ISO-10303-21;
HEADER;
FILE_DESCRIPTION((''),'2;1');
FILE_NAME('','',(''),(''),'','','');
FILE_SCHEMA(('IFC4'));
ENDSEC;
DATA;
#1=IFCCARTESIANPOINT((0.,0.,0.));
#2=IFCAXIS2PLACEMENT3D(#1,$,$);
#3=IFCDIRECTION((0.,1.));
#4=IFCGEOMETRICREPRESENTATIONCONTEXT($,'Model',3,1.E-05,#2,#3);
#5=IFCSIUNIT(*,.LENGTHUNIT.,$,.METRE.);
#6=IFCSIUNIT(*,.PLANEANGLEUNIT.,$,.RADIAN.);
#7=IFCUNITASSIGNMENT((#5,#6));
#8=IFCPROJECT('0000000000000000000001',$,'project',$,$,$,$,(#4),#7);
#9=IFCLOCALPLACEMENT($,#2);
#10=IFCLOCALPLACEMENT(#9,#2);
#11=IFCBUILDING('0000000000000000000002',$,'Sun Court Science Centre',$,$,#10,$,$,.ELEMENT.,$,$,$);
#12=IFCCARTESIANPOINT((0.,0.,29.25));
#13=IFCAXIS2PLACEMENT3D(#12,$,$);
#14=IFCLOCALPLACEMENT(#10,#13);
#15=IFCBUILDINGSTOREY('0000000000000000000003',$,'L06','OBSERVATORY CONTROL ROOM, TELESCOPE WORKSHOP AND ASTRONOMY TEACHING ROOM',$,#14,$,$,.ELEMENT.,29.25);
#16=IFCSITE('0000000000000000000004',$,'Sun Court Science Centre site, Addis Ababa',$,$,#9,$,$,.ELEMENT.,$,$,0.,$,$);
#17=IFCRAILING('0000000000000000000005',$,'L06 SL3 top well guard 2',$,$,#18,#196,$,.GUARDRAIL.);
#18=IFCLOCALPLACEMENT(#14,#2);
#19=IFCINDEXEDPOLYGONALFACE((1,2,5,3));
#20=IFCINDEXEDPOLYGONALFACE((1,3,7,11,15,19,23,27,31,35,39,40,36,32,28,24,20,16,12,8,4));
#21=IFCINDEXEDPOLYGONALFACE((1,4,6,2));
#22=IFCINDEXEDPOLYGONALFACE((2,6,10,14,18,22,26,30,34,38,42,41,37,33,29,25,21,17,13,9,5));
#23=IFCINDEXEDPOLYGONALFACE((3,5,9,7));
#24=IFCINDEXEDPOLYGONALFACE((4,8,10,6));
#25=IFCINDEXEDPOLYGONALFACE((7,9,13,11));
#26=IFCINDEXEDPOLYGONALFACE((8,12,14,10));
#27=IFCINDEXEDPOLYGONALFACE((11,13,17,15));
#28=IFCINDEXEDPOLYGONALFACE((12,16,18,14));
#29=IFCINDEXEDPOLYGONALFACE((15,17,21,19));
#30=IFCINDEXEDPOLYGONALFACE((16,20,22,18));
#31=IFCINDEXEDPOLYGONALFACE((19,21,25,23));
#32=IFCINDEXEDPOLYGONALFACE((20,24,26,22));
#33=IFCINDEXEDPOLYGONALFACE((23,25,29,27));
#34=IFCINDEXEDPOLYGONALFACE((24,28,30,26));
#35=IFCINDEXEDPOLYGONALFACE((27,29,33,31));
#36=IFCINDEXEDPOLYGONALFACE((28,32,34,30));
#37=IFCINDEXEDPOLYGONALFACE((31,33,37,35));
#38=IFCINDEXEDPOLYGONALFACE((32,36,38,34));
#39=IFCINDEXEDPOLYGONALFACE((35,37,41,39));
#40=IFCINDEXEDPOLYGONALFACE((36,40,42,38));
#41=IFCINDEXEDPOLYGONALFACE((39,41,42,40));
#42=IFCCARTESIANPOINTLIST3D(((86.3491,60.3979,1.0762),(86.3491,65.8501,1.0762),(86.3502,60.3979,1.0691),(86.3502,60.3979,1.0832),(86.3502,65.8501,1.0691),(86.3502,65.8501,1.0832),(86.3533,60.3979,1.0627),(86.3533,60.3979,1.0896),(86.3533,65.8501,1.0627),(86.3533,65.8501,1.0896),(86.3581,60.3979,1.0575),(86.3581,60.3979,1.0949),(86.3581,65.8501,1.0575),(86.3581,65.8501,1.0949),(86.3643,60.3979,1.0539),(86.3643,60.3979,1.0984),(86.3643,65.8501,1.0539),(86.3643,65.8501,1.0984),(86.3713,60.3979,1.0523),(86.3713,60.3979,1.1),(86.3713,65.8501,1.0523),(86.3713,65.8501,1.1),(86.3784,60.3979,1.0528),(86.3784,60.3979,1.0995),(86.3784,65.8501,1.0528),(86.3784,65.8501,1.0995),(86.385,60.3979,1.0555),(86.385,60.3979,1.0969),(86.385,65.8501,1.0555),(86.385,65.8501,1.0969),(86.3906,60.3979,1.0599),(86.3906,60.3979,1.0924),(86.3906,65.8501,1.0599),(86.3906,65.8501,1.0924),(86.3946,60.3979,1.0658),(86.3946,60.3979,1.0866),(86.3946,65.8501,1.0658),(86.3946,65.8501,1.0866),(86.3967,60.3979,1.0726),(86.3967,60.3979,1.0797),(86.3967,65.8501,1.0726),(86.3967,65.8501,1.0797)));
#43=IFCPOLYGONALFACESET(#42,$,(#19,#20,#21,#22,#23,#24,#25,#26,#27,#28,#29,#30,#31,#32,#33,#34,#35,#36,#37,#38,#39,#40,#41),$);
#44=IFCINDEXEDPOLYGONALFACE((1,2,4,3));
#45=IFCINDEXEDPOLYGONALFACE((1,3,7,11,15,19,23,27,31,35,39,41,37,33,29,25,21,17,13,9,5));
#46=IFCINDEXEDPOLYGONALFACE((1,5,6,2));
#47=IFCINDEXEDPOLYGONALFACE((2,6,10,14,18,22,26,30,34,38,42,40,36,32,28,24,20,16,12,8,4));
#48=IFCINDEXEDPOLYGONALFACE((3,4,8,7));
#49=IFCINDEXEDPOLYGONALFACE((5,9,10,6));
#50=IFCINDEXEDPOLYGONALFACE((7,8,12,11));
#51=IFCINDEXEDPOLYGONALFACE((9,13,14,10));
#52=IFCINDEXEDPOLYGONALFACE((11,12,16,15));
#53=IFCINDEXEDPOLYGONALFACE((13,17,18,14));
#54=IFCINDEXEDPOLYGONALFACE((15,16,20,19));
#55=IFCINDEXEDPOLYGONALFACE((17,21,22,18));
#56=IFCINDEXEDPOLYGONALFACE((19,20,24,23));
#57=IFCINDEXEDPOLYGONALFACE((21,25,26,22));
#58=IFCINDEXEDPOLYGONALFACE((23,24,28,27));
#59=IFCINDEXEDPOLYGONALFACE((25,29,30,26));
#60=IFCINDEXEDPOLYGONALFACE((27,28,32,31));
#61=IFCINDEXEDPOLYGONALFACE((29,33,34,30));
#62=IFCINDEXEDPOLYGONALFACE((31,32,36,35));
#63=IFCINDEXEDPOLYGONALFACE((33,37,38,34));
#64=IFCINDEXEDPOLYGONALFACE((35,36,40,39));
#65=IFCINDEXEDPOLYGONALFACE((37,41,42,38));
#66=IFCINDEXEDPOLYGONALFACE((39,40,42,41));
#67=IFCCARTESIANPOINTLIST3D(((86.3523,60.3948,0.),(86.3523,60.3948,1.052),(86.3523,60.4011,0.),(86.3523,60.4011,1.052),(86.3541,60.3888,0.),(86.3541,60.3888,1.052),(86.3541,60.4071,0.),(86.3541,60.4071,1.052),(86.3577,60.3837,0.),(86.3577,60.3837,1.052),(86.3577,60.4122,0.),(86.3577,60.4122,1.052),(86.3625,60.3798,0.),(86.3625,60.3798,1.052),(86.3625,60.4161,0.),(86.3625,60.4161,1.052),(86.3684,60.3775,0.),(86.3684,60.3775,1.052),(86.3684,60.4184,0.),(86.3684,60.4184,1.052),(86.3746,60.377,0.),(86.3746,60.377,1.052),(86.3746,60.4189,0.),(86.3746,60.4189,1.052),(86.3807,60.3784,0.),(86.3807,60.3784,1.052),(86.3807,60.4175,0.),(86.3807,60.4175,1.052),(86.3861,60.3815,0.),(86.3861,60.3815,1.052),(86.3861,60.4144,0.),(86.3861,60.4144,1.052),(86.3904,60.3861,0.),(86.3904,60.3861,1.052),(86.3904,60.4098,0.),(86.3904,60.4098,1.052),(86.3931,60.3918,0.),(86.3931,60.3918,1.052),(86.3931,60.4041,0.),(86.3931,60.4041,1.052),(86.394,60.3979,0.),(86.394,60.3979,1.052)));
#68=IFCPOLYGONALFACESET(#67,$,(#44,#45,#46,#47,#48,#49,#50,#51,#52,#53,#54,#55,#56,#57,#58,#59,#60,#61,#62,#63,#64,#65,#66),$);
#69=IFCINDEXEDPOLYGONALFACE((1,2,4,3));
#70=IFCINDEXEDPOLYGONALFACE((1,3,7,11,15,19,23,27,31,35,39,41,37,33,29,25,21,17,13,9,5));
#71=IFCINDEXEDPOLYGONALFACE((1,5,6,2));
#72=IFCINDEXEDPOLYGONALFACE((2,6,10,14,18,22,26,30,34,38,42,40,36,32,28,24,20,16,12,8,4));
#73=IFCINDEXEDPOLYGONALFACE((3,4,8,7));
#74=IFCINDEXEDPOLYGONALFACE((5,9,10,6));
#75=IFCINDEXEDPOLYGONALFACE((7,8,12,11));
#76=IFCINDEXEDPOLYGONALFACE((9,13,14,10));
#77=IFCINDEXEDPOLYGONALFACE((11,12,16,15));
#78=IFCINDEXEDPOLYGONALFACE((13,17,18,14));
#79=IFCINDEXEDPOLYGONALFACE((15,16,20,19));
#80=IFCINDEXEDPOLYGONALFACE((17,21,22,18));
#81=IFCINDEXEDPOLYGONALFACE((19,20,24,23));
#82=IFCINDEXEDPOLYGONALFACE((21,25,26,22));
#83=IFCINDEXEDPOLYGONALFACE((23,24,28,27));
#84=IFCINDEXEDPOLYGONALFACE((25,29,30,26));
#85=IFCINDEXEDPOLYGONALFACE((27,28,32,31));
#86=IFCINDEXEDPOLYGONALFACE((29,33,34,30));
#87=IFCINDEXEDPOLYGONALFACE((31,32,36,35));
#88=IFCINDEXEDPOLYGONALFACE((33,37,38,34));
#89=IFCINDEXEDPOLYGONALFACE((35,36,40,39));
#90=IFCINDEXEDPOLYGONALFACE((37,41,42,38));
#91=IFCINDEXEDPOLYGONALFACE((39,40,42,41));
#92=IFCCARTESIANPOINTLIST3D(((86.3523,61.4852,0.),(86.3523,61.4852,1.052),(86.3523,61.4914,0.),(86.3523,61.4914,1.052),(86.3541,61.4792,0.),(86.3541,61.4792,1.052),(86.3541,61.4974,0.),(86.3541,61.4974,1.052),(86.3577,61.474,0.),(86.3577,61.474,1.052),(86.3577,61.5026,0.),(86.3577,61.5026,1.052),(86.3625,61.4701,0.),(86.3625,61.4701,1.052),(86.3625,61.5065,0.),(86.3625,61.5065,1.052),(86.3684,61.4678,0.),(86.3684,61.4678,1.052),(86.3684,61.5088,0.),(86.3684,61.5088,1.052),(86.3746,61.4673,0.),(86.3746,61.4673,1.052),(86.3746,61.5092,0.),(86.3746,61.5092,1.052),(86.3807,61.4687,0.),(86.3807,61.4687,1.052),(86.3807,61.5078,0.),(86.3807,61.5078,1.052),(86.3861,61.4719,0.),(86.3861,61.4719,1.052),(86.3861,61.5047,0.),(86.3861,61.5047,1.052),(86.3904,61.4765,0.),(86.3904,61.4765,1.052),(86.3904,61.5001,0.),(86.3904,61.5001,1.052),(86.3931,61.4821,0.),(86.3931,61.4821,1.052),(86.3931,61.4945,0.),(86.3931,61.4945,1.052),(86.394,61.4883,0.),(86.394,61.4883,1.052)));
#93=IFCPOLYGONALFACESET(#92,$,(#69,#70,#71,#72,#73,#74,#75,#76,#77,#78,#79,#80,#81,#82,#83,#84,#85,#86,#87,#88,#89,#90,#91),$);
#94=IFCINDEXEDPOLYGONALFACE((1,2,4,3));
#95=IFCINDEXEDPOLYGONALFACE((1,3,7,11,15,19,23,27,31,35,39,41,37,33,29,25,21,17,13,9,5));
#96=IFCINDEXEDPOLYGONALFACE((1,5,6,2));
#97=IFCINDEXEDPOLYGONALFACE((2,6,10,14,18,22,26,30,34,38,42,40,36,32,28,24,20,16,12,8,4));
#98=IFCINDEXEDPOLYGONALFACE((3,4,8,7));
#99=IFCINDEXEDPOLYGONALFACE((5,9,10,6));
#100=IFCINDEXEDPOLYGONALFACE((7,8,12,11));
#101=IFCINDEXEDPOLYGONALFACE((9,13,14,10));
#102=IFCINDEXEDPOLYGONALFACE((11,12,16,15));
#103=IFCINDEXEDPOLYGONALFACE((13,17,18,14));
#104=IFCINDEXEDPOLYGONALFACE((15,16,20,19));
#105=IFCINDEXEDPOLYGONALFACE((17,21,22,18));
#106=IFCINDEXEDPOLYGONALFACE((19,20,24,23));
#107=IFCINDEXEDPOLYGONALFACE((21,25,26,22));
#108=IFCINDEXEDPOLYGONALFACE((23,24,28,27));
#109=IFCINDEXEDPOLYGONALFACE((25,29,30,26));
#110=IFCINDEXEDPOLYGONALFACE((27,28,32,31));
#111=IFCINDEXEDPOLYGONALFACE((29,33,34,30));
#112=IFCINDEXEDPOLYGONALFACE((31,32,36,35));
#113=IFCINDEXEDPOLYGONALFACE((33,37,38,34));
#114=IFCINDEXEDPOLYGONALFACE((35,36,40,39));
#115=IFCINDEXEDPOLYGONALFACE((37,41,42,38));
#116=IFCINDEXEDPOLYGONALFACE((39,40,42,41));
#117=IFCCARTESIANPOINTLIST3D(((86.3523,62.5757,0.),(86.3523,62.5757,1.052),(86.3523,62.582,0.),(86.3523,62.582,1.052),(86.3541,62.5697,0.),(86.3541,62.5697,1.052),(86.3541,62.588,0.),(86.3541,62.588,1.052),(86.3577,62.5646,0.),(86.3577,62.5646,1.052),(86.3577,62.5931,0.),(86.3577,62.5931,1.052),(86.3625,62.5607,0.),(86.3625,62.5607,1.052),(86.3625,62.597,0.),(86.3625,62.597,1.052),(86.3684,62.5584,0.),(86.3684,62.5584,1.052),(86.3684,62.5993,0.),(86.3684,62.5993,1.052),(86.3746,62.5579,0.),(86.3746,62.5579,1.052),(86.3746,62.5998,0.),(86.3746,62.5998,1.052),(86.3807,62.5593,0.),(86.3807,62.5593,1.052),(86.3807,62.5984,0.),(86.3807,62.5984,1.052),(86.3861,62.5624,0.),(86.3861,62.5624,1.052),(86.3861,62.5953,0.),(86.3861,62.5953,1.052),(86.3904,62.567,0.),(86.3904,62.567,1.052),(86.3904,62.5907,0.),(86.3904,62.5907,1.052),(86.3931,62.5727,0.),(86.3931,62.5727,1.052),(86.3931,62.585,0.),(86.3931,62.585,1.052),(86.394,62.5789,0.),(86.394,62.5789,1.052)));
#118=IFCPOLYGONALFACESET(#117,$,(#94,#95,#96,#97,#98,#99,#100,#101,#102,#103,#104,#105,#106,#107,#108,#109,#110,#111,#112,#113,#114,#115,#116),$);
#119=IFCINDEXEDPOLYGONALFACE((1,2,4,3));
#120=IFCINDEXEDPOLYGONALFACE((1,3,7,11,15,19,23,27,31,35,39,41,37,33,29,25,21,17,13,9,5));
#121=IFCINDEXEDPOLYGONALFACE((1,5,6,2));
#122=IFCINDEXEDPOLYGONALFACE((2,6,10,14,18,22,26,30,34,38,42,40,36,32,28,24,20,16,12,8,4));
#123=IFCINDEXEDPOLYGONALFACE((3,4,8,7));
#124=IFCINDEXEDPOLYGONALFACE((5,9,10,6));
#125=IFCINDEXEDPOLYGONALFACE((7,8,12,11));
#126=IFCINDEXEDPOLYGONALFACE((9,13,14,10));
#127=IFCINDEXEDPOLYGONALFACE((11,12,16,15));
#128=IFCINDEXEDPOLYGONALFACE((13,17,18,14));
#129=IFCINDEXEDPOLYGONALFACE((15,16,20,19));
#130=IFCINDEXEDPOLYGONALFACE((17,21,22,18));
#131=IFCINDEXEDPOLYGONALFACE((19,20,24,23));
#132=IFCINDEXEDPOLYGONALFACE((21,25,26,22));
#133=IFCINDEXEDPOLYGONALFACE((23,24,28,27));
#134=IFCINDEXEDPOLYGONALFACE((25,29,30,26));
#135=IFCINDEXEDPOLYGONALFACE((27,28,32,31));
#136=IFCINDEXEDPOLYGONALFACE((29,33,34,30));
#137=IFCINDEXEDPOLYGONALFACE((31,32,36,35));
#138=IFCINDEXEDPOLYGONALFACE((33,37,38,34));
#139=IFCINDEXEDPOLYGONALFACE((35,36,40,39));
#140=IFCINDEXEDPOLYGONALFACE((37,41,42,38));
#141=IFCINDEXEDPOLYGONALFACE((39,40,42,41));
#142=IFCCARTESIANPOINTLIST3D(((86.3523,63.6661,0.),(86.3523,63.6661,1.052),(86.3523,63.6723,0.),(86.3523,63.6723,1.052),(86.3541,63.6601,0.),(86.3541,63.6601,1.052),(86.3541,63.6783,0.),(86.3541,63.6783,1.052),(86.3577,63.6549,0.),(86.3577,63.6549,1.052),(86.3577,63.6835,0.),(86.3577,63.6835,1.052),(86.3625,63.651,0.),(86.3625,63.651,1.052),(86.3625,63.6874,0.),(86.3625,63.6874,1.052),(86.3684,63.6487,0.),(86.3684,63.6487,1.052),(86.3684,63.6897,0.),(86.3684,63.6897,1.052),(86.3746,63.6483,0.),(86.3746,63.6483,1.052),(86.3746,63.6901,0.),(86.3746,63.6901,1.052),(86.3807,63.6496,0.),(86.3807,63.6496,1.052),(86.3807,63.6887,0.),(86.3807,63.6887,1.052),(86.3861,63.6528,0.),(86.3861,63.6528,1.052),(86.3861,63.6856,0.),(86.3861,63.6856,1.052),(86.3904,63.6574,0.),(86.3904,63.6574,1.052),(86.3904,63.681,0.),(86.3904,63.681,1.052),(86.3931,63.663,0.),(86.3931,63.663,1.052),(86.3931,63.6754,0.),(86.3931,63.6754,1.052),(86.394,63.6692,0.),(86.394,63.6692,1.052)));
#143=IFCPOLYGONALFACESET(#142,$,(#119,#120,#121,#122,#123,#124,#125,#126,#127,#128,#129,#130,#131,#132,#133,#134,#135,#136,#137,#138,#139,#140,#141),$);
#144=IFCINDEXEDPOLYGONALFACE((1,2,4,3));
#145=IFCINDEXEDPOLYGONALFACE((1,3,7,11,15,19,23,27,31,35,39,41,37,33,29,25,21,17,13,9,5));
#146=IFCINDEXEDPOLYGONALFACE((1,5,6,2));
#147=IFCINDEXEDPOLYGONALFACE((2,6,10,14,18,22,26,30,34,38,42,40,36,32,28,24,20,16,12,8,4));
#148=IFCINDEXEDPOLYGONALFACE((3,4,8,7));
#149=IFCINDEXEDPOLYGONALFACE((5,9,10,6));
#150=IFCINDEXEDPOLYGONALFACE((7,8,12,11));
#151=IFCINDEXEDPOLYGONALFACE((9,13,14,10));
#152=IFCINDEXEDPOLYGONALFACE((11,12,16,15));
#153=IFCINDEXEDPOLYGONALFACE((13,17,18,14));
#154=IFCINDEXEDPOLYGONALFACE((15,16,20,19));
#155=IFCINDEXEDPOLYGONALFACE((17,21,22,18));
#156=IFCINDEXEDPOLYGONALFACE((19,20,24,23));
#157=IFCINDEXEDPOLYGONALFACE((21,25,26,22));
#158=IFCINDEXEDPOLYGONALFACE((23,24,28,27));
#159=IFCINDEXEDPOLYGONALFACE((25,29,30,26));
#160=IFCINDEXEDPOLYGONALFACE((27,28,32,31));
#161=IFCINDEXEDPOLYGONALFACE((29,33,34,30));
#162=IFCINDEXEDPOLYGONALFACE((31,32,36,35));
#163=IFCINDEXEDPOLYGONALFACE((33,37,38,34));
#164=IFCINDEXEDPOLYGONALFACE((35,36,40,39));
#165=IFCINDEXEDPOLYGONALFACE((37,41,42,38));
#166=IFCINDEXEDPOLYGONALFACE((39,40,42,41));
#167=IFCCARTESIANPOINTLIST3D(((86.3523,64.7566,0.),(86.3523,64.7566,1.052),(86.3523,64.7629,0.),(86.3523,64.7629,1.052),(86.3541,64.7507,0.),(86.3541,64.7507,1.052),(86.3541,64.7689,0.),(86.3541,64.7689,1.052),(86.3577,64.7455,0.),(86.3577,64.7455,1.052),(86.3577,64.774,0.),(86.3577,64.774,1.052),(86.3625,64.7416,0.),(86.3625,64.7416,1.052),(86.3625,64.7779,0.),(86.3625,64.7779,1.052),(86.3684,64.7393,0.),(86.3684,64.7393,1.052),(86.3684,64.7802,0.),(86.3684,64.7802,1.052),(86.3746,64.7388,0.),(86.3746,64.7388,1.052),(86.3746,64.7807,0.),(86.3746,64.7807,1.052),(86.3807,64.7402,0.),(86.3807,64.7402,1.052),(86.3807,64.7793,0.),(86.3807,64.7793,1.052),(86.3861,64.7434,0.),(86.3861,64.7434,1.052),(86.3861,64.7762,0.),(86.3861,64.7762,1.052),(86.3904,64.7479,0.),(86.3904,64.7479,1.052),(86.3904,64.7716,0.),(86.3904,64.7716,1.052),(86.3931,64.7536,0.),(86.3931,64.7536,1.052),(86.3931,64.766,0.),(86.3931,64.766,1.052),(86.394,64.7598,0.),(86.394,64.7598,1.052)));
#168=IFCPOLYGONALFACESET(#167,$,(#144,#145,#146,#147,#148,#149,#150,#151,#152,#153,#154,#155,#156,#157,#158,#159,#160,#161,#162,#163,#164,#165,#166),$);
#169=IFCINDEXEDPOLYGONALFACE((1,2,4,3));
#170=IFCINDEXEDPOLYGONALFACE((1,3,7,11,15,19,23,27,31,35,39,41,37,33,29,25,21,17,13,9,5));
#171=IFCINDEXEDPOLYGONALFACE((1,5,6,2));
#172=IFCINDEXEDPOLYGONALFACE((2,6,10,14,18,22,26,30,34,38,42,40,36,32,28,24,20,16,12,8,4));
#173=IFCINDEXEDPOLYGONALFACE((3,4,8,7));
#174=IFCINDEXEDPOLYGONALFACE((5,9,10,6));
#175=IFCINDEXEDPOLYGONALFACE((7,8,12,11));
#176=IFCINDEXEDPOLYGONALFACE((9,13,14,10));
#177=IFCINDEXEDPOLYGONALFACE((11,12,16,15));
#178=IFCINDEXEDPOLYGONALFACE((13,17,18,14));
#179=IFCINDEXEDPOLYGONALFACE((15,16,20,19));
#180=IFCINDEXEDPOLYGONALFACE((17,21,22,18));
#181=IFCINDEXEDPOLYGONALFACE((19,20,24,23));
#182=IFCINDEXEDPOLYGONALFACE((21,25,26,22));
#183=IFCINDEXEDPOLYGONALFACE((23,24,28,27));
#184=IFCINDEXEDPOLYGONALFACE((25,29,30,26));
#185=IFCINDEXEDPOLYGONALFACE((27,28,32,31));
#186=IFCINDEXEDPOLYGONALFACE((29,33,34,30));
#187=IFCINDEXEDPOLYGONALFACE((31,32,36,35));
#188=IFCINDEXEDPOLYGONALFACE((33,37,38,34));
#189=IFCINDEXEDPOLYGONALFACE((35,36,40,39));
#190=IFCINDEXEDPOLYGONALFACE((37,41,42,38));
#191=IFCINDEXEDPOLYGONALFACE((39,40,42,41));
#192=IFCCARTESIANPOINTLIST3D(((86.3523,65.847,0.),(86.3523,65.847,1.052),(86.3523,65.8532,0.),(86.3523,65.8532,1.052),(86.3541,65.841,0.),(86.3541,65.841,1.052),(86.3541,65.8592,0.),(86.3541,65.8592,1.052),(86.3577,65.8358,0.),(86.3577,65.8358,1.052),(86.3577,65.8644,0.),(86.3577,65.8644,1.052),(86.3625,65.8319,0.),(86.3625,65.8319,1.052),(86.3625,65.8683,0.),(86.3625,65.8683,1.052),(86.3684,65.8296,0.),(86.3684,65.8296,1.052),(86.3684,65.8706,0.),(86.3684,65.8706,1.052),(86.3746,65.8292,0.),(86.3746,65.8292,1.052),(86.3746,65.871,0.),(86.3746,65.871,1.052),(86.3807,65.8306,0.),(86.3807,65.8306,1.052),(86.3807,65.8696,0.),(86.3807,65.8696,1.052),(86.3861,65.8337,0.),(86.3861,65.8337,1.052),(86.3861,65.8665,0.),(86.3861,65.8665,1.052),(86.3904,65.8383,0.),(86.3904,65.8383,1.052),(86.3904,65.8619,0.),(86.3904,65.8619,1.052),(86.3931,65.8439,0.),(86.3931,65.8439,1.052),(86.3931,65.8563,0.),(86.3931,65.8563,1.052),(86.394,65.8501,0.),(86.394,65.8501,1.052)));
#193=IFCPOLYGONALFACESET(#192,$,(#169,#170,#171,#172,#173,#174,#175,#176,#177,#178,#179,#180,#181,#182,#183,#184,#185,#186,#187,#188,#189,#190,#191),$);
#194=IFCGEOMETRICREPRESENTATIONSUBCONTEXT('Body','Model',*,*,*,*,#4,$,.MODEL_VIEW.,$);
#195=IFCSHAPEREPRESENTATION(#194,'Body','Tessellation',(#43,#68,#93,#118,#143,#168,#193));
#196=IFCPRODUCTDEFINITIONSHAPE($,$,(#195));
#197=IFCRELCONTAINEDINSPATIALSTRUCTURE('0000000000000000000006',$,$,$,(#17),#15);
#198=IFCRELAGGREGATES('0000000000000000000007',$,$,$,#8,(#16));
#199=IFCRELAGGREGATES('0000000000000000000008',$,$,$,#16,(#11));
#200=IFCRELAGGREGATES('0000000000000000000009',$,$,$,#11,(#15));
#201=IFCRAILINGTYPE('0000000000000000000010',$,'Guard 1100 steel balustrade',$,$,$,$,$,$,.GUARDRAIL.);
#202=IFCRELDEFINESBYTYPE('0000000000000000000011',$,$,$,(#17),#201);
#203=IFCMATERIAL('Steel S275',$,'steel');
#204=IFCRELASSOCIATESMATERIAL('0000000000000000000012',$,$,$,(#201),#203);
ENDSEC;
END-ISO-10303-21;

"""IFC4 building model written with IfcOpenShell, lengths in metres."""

from ifc_helpers import new_model, si_unit, direction, frame, origin, origin_2d, place, context, subcontext, project, spatial, circle, extrude, material, type_object, element, save


model = new_model("IFC4")

# Units and contexts
model_context = context("Model", 3, precision=1e-05, world=origin(), true_north=direction((0.0, 1.0)))
body_context = subcontext(model_context, "Body", "Model", "MODEL_VIEW")
ifc_project = project(units=[si_unit("LENGTHUNIT", "METRE"), si_unit("PLANEANGLEUNIT", "RADIAN")], contexts=[model_context])

# Site, building, storey
site_placement = place(None, origin())
site = spatial("IfcSite", under=ifc_project, at=site_placement, Name="Sun Court Science Centre site, Addis Ababa", CompositionType="ELEMENT", RefElevation=0.0)
building_placement = place(site_placement, origin())
building = spatial("IfcBuilding", under=site, at=building_placement, Name="Sun Court Science Centre", CompositionType="ELEMENT")
storey_placement = place(building_placement, frame((0.0, 0.0, 29.25)))
storey = spatial("IfcBuildingStorey", under=building, at=storey_placement, Name="L06", Description="OBSERVATORY CONTROL ROOM, TELESCOPE WORKSHOP AND ASTRONOMY TEACHING ROOM", CompositionType="ELEMENT", Elevation=29.25)

# Railing
ifc_material_1 = material(Name="Steel S275", Category="steel")
railing_type = type_object("IfcRailingType", Name="Guard 1100 steel balustrade", PredefinedType="GUARDRAIL", material=ifc_material_1)
for number, where, name in (
    (1, (86.373, 60.3979, 0.0), "L06 SL3 top well guard 2"),
):
    element("IfcRailing", number, at=place(storey_placement, frame(where)), inside=storey, type_object=railing_type, Name=name, PredefinedType="GUARDRAIL", context=body_context, shape_type="SweptSolid", body=[
        extrude(circle(Radius=0.0239, at=origin_2d()), frame((0.0, 0.0, 1.0762), z_axis=(0.0, 1.0, 0.0), x_axis=(-1.0, 0.0, 0.0)), (0.0, 0.0, 1.0), 5.4521),
        extrude(circle(Radius=0.021, at=origin_2d()), origin(), (0.0, 0.0, 1.0), 1.052),
        extrude(circle(Radius=0.021, at=origin_2d()), frame((0.0, 1.0903, 0.0)), (0.0, 0.0, 1.0), 1.052),
        extrude(circle(Radius=0.021, at=origin_2d()), frame((0.0, 2.1809, 0.0)), (0.0, 0.0, 1.0), 1.052),
        extrude(circle(Radius=0.021, at=origin_2d()), frame((0.0, 3.2712, 0.0)), (0.0, 0.0, 1.0), 1.052),
        extrude(circle(Radius=0.021, at=origin_2d()), frame((0.0, 4.3618, 0.0)), (0.0, 0.0, 1.0), 1.052),
        extrude(circle(Radius=0.021, at=origin_2d()), frame((0.0, 5.4521, 0.0)), (0.0, 0.0, 1.0), 1.052),
    ])

save(model, "model.ifc")
